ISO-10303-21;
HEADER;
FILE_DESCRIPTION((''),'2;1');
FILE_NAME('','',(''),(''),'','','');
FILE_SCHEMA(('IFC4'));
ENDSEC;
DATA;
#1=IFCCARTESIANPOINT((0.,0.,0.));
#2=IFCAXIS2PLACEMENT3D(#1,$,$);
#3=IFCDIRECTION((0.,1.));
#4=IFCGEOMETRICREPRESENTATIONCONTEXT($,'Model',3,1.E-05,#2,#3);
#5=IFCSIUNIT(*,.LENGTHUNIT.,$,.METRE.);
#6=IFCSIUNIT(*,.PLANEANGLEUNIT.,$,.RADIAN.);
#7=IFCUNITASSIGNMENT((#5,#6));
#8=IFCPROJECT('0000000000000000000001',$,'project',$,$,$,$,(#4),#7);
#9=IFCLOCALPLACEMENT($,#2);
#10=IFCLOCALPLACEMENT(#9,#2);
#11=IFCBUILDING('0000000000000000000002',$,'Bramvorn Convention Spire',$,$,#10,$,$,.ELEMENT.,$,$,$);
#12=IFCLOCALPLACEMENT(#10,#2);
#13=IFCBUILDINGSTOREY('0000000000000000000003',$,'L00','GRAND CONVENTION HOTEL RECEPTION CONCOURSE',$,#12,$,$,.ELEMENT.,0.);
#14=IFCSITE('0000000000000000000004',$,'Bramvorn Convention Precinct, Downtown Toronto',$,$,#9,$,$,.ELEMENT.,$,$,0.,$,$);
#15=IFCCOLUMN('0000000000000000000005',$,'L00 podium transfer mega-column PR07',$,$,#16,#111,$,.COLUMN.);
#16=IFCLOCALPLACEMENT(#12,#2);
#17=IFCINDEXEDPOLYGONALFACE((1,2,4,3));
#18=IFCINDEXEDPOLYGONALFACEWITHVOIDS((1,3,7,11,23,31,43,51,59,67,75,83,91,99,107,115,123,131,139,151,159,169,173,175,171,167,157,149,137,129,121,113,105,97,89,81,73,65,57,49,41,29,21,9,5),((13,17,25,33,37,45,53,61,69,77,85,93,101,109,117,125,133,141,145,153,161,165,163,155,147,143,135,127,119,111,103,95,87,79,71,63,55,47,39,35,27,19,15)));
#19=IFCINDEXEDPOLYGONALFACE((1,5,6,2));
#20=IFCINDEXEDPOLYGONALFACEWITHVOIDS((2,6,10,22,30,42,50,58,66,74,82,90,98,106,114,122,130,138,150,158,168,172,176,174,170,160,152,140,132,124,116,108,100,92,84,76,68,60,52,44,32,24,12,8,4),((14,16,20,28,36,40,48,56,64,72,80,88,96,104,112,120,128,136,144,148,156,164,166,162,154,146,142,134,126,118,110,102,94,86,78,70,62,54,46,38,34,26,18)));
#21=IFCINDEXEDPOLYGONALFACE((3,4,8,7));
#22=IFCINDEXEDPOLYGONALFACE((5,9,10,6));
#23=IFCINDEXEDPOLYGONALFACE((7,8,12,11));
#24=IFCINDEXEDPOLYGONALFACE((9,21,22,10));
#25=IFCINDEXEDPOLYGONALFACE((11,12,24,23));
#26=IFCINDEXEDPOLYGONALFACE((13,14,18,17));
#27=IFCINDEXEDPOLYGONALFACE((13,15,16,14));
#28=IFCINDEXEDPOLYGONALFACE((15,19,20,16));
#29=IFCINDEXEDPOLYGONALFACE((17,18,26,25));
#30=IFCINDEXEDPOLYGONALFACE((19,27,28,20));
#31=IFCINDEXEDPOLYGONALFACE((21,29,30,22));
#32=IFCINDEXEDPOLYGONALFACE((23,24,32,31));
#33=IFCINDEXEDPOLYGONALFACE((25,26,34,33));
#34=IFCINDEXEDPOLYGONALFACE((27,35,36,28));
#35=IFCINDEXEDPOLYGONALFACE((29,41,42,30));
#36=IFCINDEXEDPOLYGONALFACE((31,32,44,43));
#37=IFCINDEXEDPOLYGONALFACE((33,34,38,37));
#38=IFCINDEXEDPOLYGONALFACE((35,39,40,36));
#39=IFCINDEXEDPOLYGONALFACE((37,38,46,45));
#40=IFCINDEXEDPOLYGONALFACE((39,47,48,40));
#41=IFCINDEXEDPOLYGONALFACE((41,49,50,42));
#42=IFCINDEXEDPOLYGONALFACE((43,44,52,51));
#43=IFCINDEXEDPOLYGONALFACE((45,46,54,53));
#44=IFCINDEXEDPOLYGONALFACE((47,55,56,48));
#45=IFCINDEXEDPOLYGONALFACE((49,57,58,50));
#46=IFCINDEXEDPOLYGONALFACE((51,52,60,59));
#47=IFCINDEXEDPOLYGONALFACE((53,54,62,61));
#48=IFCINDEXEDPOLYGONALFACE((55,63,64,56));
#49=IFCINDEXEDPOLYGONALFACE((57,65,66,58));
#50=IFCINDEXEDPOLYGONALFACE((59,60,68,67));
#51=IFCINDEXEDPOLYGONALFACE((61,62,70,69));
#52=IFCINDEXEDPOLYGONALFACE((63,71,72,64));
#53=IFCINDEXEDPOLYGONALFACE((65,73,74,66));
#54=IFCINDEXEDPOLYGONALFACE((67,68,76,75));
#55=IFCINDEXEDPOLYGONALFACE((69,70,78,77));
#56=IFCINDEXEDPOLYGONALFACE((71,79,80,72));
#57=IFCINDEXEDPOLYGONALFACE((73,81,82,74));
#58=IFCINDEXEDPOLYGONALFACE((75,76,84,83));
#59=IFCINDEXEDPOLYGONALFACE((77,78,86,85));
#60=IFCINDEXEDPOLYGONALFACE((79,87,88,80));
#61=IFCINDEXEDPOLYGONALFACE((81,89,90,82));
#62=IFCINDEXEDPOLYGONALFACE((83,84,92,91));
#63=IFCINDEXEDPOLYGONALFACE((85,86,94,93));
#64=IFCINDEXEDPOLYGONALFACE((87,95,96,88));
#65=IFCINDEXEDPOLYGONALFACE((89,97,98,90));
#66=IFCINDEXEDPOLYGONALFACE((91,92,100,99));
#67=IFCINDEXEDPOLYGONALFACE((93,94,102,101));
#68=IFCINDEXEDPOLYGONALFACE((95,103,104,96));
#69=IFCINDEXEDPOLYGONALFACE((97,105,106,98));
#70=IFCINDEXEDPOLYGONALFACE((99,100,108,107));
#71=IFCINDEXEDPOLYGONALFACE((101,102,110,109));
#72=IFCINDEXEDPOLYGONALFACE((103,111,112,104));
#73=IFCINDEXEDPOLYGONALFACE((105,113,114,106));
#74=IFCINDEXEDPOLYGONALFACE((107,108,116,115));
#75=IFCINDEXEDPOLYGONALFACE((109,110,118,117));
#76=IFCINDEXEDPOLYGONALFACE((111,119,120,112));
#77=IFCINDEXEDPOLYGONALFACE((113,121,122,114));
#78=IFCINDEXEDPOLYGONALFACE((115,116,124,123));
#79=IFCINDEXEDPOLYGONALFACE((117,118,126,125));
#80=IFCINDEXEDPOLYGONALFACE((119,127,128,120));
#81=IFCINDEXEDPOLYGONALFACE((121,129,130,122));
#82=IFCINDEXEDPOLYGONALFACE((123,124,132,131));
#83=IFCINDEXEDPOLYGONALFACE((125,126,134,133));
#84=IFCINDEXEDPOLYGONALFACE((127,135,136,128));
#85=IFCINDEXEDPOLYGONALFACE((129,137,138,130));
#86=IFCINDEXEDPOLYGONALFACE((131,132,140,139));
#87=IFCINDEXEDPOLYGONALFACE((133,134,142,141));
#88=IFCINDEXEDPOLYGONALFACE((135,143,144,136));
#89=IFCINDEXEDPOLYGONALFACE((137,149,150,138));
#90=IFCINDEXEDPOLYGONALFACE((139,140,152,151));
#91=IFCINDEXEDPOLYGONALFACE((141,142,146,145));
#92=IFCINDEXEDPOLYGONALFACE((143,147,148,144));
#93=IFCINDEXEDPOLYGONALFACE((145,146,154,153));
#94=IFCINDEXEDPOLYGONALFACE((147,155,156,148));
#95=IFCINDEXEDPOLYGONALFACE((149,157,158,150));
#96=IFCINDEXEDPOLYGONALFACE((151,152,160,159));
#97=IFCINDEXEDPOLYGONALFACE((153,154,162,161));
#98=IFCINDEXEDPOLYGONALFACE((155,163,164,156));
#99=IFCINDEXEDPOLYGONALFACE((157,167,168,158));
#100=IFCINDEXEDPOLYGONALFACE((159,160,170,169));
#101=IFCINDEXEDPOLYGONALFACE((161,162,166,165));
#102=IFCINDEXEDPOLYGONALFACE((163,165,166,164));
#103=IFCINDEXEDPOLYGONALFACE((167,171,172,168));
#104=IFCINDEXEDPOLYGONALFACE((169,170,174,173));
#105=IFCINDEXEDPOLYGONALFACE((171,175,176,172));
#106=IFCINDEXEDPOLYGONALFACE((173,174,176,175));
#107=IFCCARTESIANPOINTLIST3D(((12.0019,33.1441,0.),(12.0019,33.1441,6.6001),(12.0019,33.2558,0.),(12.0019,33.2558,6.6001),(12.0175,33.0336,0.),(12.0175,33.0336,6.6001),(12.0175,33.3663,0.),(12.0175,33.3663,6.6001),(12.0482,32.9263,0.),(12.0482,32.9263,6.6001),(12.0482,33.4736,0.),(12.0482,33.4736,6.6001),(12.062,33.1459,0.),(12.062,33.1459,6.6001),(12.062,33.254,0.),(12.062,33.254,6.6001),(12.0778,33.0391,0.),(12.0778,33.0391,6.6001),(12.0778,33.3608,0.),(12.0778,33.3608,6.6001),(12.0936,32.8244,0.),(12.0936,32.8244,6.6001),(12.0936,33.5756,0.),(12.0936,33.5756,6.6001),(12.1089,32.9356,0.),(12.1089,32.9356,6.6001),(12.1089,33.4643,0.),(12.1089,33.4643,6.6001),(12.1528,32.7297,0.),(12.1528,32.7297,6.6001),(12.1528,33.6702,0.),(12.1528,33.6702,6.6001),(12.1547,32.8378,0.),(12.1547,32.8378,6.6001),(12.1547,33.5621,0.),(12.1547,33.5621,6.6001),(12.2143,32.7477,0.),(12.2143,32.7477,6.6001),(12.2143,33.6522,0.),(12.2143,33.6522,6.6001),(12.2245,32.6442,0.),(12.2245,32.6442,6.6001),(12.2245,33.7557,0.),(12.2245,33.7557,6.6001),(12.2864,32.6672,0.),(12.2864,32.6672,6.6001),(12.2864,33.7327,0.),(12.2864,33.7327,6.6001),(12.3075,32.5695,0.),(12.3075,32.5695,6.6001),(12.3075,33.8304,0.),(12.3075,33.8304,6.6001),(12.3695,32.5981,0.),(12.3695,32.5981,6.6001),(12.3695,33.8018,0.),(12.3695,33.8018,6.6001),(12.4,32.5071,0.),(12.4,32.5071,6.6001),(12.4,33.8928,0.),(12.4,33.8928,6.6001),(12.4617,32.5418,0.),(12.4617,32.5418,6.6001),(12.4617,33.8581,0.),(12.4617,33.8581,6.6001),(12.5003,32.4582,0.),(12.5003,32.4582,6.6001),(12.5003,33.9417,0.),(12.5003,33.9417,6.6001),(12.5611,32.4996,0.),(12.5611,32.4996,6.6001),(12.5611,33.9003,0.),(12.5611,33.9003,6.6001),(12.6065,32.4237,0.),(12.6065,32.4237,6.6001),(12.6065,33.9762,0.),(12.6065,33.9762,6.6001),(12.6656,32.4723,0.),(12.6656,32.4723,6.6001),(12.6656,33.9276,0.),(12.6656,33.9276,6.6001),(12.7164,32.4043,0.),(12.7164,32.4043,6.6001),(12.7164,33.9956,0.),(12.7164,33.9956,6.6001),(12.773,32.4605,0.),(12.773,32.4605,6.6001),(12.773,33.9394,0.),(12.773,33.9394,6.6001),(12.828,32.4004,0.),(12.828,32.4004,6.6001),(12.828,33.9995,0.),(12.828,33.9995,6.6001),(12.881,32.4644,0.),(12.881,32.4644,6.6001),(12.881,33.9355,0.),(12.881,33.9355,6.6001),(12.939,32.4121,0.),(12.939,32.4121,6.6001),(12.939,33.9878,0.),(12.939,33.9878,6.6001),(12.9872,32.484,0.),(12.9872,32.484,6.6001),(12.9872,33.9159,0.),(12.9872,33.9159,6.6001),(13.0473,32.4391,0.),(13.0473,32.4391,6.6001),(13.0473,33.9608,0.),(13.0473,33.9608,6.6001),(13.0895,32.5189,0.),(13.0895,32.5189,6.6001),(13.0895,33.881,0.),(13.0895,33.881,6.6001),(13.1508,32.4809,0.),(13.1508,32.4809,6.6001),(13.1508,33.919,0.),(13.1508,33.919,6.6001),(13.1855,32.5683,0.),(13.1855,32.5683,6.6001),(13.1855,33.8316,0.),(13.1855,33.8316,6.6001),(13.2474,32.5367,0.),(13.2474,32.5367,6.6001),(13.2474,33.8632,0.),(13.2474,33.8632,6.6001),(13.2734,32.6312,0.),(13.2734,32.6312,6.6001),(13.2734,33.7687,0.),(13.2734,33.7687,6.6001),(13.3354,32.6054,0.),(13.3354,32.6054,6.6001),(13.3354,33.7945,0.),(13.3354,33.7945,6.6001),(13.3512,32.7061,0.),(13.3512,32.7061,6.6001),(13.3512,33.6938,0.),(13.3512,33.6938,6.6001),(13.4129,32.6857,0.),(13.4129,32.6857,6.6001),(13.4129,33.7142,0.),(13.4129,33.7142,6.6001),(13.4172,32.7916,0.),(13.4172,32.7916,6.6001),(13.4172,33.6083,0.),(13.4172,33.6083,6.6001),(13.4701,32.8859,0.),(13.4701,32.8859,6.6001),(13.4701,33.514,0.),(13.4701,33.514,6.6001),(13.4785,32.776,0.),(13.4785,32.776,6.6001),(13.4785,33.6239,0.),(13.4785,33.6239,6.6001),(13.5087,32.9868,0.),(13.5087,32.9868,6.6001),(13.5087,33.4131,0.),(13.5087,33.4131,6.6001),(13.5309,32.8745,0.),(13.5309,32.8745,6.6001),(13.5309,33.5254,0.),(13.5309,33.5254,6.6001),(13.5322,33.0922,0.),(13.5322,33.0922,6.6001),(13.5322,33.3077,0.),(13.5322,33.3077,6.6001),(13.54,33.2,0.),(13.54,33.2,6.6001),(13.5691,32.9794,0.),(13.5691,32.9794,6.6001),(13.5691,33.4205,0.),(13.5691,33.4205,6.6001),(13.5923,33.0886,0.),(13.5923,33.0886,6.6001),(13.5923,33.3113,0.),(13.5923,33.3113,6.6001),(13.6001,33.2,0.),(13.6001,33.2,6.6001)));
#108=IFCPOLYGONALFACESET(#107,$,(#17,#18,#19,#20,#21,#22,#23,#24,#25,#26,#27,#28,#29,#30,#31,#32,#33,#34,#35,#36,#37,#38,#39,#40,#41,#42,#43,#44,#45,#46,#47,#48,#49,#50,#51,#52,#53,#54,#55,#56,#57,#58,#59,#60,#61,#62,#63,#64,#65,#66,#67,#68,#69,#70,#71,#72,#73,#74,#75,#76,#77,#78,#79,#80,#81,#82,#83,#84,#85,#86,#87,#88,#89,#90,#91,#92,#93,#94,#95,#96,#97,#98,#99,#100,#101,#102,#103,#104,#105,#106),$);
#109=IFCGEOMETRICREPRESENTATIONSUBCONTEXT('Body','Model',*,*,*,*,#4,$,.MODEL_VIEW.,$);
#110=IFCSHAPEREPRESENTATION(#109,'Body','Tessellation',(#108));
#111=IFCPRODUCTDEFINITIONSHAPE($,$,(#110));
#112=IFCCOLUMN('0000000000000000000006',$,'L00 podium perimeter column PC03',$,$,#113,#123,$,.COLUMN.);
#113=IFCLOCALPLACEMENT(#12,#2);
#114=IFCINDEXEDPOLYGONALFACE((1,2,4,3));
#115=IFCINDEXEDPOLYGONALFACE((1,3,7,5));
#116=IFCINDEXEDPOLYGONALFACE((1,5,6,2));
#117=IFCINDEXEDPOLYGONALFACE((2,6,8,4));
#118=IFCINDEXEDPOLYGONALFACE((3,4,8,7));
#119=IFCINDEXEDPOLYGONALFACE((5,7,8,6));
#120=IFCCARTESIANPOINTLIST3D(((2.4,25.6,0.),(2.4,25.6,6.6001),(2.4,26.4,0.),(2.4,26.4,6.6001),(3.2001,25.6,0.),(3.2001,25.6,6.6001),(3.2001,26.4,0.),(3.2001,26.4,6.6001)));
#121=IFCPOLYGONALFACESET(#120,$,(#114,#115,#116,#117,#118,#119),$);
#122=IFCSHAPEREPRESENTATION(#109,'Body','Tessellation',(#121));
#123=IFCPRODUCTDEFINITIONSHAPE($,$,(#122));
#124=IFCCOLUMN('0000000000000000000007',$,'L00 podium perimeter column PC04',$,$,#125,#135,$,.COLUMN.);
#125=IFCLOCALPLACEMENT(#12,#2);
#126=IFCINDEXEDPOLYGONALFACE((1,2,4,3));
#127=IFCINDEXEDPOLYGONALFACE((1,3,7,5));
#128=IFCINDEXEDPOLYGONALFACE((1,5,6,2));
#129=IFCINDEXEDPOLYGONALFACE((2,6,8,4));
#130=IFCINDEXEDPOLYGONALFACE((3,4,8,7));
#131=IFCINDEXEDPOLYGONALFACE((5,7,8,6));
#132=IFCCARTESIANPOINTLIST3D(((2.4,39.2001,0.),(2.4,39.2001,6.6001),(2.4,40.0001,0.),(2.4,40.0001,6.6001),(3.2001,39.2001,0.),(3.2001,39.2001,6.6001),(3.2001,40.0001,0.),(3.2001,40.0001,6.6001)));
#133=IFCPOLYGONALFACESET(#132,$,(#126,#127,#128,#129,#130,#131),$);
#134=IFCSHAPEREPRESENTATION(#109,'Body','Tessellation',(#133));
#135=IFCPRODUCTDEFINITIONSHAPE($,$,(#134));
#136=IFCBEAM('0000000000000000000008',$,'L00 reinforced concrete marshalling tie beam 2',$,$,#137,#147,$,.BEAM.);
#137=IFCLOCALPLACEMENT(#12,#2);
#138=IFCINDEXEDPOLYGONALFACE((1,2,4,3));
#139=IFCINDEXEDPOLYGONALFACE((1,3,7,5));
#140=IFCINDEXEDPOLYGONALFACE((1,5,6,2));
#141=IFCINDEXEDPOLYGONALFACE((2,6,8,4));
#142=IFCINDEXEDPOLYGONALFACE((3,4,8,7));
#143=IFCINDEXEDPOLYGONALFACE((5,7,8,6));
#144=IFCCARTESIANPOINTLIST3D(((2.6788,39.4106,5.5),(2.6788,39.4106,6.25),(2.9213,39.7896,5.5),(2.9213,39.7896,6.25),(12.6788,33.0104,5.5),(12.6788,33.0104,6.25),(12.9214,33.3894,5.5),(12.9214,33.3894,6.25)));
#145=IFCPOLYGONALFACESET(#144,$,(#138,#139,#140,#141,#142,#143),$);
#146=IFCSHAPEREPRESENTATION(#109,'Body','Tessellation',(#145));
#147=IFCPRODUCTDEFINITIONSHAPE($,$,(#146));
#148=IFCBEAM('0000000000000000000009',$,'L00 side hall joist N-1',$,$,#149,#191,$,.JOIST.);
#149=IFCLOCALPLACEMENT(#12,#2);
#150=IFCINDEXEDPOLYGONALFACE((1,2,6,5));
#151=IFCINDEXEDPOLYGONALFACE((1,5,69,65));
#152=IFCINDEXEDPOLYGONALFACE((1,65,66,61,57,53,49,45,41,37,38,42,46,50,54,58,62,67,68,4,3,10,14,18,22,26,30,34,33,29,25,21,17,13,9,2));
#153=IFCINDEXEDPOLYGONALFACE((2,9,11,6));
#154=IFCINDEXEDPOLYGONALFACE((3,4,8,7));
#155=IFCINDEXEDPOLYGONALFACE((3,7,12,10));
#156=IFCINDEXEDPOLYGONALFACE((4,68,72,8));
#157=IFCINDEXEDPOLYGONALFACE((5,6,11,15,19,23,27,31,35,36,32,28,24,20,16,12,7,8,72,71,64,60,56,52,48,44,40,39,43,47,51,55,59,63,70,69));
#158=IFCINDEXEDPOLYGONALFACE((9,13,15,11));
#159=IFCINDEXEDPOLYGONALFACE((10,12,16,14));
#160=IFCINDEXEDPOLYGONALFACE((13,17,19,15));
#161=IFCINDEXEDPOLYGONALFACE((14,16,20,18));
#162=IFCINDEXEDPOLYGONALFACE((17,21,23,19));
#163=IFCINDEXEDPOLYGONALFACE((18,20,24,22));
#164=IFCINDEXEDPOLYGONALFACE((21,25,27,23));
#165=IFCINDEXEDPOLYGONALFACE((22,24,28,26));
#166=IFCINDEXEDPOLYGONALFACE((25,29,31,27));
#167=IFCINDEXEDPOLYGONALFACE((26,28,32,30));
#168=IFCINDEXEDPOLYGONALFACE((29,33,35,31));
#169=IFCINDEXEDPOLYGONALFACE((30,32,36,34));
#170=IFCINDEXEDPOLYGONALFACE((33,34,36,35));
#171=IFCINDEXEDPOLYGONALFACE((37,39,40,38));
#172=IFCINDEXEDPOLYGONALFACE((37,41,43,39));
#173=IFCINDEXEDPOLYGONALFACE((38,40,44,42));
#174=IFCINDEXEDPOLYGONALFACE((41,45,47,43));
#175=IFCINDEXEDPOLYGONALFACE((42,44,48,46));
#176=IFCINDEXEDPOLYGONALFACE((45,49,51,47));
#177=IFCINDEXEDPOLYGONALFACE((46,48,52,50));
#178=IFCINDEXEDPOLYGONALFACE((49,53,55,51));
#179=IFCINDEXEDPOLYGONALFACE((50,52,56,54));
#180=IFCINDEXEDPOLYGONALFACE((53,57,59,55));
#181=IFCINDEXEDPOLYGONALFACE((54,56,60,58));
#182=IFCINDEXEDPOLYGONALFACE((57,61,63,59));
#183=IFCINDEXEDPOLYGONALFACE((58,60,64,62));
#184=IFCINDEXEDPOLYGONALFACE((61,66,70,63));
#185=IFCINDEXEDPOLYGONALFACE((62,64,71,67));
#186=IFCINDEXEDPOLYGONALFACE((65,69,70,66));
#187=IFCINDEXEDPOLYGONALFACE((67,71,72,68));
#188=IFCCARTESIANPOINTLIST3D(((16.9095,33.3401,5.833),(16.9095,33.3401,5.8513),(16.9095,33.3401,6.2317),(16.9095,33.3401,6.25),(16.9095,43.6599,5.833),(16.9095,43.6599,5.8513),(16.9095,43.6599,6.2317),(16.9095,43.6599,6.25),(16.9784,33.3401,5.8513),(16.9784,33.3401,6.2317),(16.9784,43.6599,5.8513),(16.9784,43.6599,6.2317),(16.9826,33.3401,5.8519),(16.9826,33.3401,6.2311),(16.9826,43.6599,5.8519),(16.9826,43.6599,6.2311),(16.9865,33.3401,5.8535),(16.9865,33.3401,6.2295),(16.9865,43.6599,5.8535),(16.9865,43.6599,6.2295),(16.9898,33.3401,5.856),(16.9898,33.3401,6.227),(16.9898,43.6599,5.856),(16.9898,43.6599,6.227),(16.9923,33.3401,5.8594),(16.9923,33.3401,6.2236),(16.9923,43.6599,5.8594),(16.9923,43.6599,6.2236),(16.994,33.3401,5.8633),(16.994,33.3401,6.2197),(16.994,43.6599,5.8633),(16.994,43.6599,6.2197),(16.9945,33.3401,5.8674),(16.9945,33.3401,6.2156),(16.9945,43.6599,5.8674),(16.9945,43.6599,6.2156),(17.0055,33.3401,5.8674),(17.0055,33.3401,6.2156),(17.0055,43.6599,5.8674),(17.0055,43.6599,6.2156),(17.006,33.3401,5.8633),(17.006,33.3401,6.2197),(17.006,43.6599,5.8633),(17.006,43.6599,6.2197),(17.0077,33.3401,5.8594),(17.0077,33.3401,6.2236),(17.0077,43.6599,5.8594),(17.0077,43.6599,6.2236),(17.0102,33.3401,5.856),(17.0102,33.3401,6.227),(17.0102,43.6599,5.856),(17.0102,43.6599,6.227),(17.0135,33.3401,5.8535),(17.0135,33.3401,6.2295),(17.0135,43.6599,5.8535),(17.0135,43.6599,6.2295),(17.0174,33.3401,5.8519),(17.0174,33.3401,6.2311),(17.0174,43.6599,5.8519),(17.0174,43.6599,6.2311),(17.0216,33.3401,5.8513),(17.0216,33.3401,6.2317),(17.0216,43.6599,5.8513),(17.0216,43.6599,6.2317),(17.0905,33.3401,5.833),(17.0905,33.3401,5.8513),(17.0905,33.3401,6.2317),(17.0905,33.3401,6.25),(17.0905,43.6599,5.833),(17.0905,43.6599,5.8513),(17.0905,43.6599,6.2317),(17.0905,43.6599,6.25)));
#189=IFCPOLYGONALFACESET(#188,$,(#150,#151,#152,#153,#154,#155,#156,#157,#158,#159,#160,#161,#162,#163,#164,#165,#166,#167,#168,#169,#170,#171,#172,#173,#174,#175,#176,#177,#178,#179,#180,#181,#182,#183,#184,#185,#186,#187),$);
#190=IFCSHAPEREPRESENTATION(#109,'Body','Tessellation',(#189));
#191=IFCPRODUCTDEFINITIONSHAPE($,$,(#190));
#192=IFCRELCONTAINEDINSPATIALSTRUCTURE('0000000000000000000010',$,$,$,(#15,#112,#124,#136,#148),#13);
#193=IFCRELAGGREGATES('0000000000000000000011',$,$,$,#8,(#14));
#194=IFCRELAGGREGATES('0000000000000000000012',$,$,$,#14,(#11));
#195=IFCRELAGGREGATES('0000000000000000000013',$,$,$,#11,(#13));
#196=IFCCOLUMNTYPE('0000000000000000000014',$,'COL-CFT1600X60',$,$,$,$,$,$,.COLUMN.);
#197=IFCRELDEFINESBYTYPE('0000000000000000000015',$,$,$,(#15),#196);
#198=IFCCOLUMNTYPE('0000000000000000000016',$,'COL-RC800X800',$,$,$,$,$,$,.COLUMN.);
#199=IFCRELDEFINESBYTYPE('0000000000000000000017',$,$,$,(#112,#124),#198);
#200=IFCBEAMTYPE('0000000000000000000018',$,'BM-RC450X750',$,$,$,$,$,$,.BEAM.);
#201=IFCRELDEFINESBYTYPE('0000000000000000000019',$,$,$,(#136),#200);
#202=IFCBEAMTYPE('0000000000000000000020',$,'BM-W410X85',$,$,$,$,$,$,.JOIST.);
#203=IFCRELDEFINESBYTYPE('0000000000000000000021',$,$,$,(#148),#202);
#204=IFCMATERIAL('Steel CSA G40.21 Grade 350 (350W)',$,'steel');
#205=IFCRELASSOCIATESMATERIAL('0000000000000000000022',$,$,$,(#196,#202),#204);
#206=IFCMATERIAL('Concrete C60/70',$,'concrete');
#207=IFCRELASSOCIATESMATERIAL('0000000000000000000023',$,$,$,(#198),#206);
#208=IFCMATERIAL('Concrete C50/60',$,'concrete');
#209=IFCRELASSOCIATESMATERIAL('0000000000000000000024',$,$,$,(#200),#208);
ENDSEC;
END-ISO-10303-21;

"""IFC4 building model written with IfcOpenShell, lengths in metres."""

from ifc_helpers import new_model, si_unit, direction, frame, origin, origin_2d, place, context, subcontext, project, spatial, rectangle, hollow_circle, i_section, extrude, material, material_profile, profile_set, type_object, element, save


model = new_model("IFC4")

# Units and contexts
model_context = context("Model", 3, precision=1e-05, world=origin(), true_north=direction((0.0, 1.0)))
body_context = subcontext(model_context, "Body", "Model", "MODEL_VIEW")
ifc_project = project(units=[si_unit("LENGTHUNIT", "METRE"), si_unit("PLANEANGLEUNIT", "RADIAN")], contexts=[model_context])

# Site, building, storey
site_placement = place(None, origin())
site = spatial("IfcSite", under=ifc_project, at=site_placement, Name="Bramvorn Convention Precinct, Downtown Toronto", CompositionType="ELEMENT", RefElevation=0.0)
building_placement = place(site_placement, origin())
building = spatial("IfcBuilding", under=site, at=building_placement, Name="Bramvorn Convention Spire", CompositionType="ELEMENT")
storey_placement = place(building_placement, origin())
storey = spatial("IfcBuildingStorey", under=building, at=storey_placement, Name="L00", Description="GRAND CONVENTION HOTEL RECEPTION CONCOURSE", CompositionType="ELEMENT", Elevation=0.0)

# Columns
ifc_material_1 = material(Name="Steel CSA G40.21 Grade 350 (350W)", Category="steel")
ifc_material_profile_1 = material_profile(ifc_material_1, hollow_circle(Radius=0.8, WallThickness=0.0601, at=origin_2d()))
ifc_profile_set_1 = profile_set([ifc_material_profile_1], Name="Steel CSA G40.21 Grade 350 (350W) - CFT1600X60")
column_type_1 = type_object("IfcColumnType", Name="COL-CFT1600X60", PredefinedType="COLUMN", material=ifc_profile_set_1)
column_placement = place(storey_placement, frame((12.8, 33.2, 0.0), z_axis=(0.0, 0.0, 1.0), x_axis=(1.0, 0.0, 0.0)))
element("IfcColumn", 1, at=column_placement, inside=storey, type_object=column_type_1, Name="L00 podium transfer mega-column PR07", PredefinedType="COLUMN", context=body_context, shape_type="SweptSolid", body=[
    extrude(hollow_circle(Radius=0.8, WallThickness=0.0601, at=origin_2d()), origin(), (0.0, 0.0, 1.0), 6.6001),
])
ifc_material_2 = material(Name="Concrete C60/70", Category="concrete")
ifc_material_profile_2 = material_profile(ifc_material_2, rectangle(XDim=0.8, YDim=0.8, at=origin_2d()))
ifc_profile_set_2 = profile_set([ifc_material_profile_2], Name="Concrete C60/70 - RC800X800")
column_type_2 = type_object("IfcColumnType", Name="COL-RC800X800", PredefinedType="COLUMN", material=ifc_profile_set_2)
for number, where, z_axis, x_axis, name in (
    (2, (2.8, 26.0, 0.0), (0.0, 0.0, 1.0), (1.0, 0.0, 0.0), "L00 podium perimeter column PC03"),
    (3, (2.8, 39.6001, 0.0), (0.0, 0.0, 1.0), (1.0, 0.0, 0.0), "L00 podium perimeter column PC04"),
):
    element("IfcColumn", number, at=place(storey_placement, frame(where, z_axis=z_axis, x_axis=x_axis)), inside=storey, type_object=column_type_2, Name=name, PredefinedType="COLUMN", context=body_context, shape_type="SweptSolid", body=[
        extrude(rectangle(XDim=0.8, YDim=0.8, at=origin_2d()), origin(), (0.0, 0.0, 1.0), 6.6001),
    ])

# Beams
ifc_material_3 = material(Name="Concrete C50/60", Category="concrete")
ifc_material_profile_3 = material_profile(ifc_material_3, rectangle(XDim=0.45, YDim=0.75, at=origin_2d()))
ifc_profile_set_3 = profile_set([ifc_material_profile_3], Name="Concrete C50/60 - RC450X750")
beam_type_1 = type_object("IfcBeamType", Name="BM-RC450X750", PredefinedType="BEAM", material=ifc_profile_set_3)
beam_1_placement = place(storey_placement, frame((2.8, 39.6001, 5.875), z_axis=(0.842266, -0.539062, 0.0), x_axis=(0.539062, 0.842266, 0.0)))
element("IfcBeam", 4, at=beam_1_placement, inside=storey, type_object=beam_type_1, Name="L00 reinforced concrete marshalling tie beam 2", PredefinedType="BEAM", context=body_context, shape_type="SweptSolid", body=[
    extrude(rectangle(XDim=0.45, YDim=0.75, at=origin_2d()), origin(), (0.0, 0.0, 1.0), 11.8728),
])
ifc_material_profile_4 = material_profile(ifc_material_1, i_section(OverallWidth=0.1809, OverallDepth=0.417, WebThickness=0.011, FlangeThickness=0.0183, FilletRadius=0.0161, at=origin_2d()))
ifc_profile_set_4 = profile_set([ifc_material_profile_4], Name="Steel CSA G40.21 Grade 350 (350W) - W410X85")
beam_type_2 = type_object("IfcBeamType", Name="BM-W410X85", PredefinedType="JOIST", material=ifc_profile_set_4)
beam_2_placement = place(storey_placement, frame((17.0, 33.3401, 6.0415), z_axis=(0.0, 1.0, 0.0), x_axis=(-1.0, 0.0, 0.0)))
element("IfcBeam", 5, at=beam_2_placement, inside=storey, type_object=beam_type_2, Name="L00 side hall joist N-1", PredefinedType="JOIST", context=body_context, shape_type="SweptSolid", body=[
    extrude(i_section(OverallWidth=0.1809, OverallDepth=0.417, WebThickness=0.011, FlangeThickness=0.0183, FilletRadius=0.0161, at=origin_2d()), origin(), (0.0, 0.0, 1.0), 10.3198),
])

save(model, "model.ifc")
